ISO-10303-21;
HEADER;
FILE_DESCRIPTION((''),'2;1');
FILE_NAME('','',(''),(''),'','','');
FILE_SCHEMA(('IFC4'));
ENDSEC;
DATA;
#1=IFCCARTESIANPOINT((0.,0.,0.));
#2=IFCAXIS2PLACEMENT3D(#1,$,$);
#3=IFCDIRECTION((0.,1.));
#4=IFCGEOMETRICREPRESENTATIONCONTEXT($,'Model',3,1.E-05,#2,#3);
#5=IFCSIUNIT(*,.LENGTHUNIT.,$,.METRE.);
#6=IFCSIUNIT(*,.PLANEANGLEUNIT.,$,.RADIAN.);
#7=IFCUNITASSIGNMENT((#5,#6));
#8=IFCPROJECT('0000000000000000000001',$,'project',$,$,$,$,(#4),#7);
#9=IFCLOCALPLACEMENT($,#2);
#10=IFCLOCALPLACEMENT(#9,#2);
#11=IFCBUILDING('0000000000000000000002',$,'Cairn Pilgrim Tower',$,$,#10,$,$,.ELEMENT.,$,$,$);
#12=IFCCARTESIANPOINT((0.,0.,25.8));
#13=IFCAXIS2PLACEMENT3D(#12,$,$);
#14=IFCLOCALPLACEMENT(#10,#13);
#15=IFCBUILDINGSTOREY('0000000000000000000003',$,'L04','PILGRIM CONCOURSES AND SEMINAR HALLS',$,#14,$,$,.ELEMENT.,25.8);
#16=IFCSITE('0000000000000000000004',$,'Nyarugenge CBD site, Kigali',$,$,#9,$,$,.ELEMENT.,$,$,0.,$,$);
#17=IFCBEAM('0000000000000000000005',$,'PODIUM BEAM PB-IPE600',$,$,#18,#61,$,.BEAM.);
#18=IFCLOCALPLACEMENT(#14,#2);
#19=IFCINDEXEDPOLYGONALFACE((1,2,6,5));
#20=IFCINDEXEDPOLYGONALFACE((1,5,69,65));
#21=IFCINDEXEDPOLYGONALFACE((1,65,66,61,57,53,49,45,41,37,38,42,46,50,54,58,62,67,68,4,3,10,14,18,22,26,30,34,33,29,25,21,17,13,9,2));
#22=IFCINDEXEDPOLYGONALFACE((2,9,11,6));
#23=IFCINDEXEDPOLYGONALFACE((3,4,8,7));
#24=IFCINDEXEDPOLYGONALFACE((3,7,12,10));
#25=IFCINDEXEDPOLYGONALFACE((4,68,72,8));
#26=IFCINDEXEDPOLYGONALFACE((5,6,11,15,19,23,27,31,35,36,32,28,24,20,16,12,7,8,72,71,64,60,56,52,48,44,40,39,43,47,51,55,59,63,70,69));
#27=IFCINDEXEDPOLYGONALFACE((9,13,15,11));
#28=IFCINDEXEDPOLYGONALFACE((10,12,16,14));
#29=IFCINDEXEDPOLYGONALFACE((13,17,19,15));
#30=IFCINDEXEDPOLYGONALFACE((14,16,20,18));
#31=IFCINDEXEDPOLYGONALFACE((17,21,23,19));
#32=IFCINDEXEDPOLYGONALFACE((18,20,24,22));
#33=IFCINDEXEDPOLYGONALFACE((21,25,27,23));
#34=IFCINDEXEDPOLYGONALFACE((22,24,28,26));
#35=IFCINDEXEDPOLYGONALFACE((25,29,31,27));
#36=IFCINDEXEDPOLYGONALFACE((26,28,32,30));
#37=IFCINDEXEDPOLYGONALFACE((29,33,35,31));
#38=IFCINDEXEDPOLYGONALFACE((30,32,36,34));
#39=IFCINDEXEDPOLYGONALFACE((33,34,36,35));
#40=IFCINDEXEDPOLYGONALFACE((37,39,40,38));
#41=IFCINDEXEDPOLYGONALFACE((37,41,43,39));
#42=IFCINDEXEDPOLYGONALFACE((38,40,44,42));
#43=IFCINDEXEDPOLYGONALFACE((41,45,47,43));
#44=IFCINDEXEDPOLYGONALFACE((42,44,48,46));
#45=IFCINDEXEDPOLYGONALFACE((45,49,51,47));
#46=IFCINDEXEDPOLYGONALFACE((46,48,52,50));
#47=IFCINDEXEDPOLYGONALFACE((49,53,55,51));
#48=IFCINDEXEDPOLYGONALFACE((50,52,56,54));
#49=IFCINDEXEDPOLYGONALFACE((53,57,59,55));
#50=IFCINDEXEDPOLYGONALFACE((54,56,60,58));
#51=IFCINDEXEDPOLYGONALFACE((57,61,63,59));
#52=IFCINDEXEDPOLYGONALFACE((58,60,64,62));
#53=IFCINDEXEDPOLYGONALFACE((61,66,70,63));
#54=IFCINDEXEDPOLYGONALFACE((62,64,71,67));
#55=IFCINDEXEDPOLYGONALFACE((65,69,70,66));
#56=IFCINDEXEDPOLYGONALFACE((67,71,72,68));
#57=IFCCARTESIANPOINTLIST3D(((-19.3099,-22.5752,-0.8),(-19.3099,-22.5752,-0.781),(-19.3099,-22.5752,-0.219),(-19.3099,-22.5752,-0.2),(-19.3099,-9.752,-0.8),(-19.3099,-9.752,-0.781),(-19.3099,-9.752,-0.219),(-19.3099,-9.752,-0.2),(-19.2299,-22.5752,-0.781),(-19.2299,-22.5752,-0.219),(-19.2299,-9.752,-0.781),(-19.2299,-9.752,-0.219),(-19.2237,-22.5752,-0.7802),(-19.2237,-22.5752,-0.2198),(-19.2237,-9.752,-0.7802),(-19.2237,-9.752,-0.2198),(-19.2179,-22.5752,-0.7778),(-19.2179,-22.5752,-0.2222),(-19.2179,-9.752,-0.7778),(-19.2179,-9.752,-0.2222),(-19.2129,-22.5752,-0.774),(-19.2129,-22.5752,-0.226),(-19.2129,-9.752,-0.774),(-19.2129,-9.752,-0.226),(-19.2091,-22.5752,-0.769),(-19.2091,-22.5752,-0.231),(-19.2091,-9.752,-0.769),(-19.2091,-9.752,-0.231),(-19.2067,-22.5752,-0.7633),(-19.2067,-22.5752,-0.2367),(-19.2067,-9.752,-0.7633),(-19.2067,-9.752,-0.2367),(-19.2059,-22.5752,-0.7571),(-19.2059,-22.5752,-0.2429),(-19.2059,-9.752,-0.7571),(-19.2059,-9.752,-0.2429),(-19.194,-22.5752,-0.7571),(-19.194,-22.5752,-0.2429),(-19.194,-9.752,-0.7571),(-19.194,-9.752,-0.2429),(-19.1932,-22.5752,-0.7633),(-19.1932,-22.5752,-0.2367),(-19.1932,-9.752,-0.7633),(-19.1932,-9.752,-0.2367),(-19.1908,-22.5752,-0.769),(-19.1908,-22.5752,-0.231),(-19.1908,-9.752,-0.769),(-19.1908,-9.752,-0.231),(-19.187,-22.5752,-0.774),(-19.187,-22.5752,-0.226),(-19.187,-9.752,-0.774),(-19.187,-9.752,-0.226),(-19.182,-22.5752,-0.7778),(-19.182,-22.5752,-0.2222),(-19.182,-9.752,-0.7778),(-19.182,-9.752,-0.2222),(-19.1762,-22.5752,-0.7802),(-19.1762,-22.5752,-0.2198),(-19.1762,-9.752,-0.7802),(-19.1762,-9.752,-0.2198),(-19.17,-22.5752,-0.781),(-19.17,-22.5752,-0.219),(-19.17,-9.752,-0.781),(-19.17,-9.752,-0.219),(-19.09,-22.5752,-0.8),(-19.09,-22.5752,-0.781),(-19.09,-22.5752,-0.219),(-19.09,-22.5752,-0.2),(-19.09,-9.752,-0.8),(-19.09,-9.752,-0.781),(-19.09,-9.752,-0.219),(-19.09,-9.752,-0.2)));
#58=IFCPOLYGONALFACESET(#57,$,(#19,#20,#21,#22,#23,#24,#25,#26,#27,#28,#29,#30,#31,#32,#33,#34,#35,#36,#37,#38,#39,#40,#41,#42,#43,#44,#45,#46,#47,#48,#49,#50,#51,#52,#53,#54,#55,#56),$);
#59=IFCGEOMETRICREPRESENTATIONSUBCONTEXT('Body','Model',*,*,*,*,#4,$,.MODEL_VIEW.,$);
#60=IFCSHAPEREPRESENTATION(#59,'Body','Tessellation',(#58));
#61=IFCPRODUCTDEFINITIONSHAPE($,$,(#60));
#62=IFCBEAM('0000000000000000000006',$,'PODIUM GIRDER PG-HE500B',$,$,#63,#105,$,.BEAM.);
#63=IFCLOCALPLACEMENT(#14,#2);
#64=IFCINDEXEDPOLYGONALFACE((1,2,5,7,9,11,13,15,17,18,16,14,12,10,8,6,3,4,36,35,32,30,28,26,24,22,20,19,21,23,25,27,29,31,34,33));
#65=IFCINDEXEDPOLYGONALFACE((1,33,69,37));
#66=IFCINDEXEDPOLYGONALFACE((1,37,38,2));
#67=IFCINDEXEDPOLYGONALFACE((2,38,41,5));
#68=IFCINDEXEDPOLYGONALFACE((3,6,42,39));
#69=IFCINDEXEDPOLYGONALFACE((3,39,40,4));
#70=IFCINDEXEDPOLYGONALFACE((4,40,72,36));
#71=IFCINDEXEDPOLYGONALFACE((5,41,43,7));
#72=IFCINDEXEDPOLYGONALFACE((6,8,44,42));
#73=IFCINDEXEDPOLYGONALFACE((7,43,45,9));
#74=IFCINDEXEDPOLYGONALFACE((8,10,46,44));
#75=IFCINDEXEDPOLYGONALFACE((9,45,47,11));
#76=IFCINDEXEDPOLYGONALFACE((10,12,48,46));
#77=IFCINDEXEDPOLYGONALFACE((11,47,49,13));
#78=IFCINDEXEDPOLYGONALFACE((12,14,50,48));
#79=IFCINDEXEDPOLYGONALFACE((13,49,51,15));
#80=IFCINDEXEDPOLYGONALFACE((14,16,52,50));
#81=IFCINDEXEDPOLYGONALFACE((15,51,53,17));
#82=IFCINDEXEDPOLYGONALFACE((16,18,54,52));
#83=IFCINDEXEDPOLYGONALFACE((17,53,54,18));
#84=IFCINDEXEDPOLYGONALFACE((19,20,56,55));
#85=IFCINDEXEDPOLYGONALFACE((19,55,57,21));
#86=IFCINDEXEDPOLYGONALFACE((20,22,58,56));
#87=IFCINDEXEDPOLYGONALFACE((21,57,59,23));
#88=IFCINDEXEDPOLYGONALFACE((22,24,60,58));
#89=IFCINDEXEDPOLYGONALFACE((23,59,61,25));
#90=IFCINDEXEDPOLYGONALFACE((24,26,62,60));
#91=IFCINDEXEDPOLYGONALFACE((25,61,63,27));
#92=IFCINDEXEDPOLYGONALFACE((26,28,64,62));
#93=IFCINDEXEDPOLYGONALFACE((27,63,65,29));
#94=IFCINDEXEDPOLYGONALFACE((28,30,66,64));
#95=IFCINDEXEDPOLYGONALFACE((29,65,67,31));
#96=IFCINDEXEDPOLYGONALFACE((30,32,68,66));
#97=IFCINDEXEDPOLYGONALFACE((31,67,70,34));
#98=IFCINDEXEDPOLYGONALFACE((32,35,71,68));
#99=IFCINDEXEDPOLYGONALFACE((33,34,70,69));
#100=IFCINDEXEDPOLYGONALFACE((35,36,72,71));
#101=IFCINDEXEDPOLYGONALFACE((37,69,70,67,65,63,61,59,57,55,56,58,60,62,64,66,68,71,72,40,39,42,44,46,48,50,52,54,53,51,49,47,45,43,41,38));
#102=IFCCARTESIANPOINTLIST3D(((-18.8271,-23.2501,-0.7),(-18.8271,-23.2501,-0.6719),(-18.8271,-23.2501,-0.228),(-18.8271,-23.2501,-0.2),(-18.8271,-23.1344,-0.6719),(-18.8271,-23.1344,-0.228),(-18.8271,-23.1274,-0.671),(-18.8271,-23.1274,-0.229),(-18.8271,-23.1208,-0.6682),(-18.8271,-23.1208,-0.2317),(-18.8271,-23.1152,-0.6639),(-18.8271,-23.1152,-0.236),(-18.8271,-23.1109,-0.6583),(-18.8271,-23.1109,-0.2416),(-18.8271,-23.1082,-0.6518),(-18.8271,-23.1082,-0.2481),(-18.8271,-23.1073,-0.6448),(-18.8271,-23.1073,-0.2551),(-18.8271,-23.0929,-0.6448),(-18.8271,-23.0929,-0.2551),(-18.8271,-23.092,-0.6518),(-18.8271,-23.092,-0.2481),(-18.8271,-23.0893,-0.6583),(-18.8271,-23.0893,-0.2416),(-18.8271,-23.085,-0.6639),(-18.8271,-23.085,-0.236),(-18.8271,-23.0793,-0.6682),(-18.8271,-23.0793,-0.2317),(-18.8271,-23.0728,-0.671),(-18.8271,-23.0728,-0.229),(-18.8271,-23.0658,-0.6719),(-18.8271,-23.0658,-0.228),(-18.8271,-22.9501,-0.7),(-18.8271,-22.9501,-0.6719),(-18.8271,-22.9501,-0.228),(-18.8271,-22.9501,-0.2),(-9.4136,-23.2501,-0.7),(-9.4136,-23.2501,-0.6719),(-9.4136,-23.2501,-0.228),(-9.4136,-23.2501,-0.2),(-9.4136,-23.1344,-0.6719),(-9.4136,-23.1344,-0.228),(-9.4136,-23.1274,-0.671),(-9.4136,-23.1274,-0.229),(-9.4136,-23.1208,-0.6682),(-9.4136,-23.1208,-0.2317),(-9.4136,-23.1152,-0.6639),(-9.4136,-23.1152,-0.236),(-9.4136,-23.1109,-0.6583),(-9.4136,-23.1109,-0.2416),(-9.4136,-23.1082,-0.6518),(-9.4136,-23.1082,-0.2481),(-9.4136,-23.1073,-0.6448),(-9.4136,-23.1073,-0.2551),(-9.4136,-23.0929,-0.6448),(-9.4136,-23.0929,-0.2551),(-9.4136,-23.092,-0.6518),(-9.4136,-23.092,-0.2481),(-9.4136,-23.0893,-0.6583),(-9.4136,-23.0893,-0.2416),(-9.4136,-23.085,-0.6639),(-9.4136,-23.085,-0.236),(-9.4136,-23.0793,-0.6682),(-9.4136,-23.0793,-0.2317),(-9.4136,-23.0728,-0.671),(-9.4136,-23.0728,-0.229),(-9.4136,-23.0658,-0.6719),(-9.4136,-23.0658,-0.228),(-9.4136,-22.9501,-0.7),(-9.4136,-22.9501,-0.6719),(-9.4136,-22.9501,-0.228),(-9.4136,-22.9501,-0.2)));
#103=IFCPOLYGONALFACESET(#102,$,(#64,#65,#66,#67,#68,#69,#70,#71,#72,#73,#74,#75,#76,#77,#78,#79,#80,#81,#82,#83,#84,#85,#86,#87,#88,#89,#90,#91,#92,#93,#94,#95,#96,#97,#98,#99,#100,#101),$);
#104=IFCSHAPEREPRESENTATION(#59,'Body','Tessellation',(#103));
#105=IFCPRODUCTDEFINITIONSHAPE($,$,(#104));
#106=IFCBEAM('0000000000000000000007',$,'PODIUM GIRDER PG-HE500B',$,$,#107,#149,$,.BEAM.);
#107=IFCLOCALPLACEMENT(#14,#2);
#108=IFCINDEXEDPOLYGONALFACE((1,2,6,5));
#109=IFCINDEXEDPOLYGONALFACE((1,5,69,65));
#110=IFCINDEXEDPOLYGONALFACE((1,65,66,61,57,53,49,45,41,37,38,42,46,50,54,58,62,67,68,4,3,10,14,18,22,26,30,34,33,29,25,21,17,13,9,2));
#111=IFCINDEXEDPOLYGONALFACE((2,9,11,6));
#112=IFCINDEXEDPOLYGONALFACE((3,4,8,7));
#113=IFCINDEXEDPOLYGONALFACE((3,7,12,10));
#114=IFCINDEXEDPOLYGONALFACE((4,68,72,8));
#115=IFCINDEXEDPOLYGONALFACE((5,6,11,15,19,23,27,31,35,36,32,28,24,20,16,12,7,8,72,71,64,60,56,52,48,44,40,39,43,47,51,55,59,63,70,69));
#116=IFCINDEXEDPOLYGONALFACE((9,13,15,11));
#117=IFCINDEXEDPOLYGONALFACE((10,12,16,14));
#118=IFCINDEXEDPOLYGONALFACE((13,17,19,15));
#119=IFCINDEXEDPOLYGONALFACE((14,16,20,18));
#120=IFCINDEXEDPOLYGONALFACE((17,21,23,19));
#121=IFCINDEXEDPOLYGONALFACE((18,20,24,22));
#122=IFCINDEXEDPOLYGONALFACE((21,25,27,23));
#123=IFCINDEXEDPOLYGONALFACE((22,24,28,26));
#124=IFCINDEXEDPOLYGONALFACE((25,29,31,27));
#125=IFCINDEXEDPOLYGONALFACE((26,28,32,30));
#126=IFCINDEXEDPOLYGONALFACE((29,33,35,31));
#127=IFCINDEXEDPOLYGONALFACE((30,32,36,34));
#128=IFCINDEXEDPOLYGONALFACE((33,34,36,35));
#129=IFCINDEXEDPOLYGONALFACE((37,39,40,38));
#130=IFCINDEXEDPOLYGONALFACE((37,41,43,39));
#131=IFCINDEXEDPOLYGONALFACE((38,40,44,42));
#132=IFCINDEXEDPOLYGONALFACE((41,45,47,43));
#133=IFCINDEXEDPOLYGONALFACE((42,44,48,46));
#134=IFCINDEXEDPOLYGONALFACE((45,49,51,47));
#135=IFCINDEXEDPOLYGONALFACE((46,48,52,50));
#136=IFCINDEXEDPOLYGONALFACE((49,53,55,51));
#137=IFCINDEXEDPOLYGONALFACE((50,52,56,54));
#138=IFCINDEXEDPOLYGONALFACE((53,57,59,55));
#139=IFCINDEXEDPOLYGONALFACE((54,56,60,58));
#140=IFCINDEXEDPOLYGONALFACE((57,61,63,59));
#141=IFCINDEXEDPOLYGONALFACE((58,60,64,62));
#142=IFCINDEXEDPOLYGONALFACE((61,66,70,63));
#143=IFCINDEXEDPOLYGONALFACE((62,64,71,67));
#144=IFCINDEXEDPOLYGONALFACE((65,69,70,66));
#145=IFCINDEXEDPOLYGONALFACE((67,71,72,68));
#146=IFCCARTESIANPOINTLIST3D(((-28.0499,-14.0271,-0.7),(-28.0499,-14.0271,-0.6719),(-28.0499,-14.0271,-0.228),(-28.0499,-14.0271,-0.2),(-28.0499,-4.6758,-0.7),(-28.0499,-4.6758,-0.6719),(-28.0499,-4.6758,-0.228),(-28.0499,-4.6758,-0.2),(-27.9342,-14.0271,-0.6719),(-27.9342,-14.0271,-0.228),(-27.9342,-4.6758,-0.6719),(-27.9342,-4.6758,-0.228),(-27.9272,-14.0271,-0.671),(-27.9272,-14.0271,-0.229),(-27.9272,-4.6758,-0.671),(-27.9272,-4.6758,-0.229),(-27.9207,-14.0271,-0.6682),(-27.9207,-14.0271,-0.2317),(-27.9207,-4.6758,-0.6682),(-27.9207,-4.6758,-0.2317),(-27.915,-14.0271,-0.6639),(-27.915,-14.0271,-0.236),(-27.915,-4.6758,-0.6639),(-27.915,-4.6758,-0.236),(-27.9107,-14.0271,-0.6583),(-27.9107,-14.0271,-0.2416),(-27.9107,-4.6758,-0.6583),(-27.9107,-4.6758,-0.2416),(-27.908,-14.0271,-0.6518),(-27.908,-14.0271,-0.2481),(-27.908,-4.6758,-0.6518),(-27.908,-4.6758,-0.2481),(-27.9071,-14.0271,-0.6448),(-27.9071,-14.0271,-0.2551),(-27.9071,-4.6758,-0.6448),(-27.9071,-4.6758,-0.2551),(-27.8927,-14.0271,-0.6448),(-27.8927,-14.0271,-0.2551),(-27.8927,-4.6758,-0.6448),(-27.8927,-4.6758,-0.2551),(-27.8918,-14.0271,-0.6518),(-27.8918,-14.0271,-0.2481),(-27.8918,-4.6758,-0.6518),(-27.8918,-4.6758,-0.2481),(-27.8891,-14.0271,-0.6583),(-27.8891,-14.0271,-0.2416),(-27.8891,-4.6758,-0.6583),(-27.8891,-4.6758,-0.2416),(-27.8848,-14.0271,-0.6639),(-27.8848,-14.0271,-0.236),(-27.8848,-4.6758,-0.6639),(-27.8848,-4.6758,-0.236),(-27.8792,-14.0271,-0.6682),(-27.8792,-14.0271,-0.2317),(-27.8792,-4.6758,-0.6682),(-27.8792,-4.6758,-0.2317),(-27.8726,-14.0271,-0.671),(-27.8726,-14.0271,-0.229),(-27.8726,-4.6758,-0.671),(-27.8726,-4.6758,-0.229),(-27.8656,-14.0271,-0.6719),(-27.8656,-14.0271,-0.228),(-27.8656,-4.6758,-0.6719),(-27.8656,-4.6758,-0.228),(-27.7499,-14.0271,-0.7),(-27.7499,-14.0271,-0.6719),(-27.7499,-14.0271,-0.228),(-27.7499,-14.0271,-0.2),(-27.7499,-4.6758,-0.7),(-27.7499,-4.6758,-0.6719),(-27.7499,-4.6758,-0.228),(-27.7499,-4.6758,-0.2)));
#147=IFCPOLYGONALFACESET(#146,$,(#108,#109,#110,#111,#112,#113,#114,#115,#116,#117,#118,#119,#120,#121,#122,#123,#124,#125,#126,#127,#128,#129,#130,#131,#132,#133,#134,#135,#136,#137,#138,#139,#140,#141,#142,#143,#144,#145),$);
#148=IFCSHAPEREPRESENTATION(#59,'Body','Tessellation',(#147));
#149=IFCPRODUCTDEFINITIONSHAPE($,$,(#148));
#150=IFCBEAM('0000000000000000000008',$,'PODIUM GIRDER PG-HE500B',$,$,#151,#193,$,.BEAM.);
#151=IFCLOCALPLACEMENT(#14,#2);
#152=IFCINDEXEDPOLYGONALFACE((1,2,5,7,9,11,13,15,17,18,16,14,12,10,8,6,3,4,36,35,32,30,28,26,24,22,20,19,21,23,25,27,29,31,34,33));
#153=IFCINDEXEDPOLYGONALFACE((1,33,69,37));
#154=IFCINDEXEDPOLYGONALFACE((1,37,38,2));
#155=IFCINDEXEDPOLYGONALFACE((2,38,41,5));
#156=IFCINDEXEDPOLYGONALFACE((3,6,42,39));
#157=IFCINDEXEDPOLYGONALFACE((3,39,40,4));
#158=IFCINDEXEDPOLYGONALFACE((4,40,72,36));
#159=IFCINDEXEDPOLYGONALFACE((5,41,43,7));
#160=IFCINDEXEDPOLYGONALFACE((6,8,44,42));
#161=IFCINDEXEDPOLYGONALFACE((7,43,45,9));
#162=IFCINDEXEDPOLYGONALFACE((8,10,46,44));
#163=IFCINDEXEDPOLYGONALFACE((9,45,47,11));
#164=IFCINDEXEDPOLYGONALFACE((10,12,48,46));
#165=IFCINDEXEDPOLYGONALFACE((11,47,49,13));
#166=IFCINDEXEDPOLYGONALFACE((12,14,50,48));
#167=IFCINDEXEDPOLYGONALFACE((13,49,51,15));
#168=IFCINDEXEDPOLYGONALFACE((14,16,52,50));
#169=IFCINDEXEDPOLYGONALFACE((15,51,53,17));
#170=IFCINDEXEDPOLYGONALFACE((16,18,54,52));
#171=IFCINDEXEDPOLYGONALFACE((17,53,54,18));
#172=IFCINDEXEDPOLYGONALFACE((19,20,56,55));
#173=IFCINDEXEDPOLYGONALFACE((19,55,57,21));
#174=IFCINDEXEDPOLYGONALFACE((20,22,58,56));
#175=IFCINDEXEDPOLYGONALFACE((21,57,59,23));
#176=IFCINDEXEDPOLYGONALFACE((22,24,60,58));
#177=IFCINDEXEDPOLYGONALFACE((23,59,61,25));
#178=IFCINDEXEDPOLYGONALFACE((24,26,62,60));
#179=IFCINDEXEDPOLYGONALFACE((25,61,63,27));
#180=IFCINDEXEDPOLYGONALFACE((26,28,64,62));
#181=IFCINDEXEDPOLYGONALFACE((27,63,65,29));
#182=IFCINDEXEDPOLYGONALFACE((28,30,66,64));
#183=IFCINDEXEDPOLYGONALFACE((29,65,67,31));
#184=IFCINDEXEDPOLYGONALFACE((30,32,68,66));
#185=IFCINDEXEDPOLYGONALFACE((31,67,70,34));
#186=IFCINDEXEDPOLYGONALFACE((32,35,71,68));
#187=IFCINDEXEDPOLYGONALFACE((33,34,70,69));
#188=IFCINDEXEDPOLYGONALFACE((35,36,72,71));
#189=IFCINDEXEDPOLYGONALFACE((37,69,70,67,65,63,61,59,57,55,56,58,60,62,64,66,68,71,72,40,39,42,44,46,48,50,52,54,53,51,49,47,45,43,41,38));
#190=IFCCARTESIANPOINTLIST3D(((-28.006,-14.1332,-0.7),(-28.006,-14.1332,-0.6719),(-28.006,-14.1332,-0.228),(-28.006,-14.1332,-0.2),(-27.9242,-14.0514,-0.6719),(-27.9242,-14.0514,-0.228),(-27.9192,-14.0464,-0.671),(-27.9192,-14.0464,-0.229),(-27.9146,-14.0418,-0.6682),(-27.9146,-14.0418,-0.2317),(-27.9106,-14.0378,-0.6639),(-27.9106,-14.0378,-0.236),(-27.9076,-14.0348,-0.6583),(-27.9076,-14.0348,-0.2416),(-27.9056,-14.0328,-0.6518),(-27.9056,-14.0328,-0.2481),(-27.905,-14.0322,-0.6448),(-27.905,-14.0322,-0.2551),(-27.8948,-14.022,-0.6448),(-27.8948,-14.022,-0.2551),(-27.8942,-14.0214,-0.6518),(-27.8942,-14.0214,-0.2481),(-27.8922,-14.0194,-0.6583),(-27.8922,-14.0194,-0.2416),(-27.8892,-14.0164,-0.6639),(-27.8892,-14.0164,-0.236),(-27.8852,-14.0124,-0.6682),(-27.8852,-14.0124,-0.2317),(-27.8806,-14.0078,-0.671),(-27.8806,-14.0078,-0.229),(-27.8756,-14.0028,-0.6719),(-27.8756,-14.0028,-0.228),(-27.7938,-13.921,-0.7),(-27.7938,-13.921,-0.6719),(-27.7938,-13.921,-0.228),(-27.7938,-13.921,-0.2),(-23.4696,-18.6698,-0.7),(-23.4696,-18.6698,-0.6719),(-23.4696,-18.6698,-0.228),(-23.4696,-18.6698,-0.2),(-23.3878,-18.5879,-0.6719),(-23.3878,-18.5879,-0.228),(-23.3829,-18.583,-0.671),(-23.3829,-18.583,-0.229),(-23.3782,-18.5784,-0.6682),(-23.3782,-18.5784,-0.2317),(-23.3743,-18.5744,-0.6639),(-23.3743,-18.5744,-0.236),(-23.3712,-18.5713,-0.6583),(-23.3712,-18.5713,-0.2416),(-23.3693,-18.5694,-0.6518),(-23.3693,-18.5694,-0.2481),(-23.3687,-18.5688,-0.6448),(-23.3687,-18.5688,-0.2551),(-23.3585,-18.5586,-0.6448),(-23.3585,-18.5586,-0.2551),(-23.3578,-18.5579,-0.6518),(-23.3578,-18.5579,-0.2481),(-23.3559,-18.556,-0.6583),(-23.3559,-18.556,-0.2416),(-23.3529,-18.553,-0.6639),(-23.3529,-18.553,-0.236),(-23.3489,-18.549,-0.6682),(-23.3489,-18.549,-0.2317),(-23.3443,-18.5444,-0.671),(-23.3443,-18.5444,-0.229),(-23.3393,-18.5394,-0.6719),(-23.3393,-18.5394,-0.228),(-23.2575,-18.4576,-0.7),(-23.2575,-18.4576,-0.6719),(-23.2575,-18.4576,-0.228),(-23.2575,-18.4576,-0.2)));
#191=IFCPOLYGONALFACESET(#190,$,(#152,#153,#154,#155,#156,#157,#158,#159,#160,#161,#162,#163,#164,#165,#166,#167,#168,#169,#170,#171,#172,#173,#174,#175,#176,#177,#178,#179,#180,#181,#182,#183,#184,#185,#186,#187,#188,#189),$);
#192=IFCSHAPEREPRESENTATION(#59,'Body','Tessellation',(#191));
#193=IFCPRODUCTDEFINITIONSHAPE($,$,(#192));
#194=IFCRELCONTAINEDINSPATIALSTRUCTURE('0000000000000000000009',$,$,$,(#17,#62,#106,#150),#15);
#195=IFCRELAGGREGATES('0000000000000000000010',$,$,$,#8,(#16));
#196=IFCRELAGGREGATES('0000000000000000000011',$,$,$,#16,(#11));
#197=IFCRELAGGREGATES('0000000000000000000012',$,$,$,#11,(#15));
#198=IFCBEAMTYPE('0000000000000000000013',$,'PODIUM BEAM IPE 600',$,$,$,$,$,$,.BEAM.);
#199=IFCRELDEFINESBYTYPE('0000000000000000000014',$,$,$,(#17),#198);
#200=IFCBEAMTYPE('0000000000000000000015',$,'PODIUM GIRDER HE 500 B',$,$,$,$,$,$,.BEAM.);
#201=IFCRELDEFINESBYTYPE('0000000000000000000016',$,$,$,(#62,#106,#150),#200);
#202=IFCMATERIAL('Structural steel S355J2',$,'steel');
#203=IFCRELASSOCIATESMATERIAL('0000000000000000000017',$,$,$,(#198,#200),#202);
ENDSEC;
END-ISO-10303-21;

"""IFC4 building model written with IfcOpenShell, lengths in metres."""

from ifc_helpers import new_model, si_unit, direction, frame, origin, origin_2d, place, context, subcontext, project, spatial, i_section, extrude, material, material_profile, profile_set, type_object, element, save


model = new_model("IFC4")

# Units and contexts
model_context = context("Model", 3, precision=1e-05, world=origin(), true_north=direction((0.0, 1.0)))
body_context = subcontext(model_context, "Body", "Model", "MODEL_VIEW")
ifc_project = project(units=[si_unit("LENGTHUNIT", "METRE"), si_unit("PLANEANGLEUNIT", "RADIAN")], contexts=[model_context])

# Site, building, storey
site_placement = place(None, origin())
site = spatial("IfcSite", under=ifc_project, at=site_placement, Name="Nyarugenge CBD site, Kigali", CompositionType="ELEMENT", RefElevation=0.0)
building_placement = place(site_placement, origin())
building = spatial("IfcBuilding", under=site, at=building_placement, Name="Cairn Pilgrim Tower", CompositionType="ELEMENT")
storey_placement = place(building_placement, frame((0.0, 0.0, 25.8)))
storey = spatial("IfcBuildingStorey", under=building, at=storey_placement, Name="L04", Description="PILGRIM CONCOURSES AND SEMINAR HALLS", CompositionType="ELEMENT", Elevation=25.8)

# Beams
ifc_material_1 = material(Name="Structural steel S355J2", Category="steel")
ifc_material_profile_1 = material_profile(ifc_material_1, i_section(OverallWidth=0.22, OverallDepth=0.6001, WebThickness=0.012, FlangeThickness=0.019, FilletRadius=0.0239, at=origin_2d()), Name="IPE 600")
ifc_profile_set_1 = profile_set([ifc_material_profile_1], Name="Structural steel S355J2")
beam_type_1 = type_object("IfcBeamType", Name="PODIUM BEAM IPE 600", PredefinedType="BEAM", material=ifc_profile_set_1)
beam_1_placement = place(storey_placement, frame((-19.2, -22.5752, -0.5), z_axis=(0.0, 1.0, 0.0), x_axis=(-1.0, 0.0, 0.0)))
element("IfcBeam", 1, at=beam_1_placement, inside=storey, type_object=beam_type_1, Name="PODIUM BEAM PB-IPE600", PredefinedType="BEAM", context=body_context, shape_type="SweptSolid", body=[
    extrude(i_section(OverallWidth=0.22, OverallDepth=0.6001, WebThickness=0.012, FlangeThickness=0.019, FilletRadius=0.0239, at=origin_2d()), origin(), (0.0, 0.0, 1.0), 12.8232),
])
ifc_material_profile_2 = material_profile(ifc_material_1, i_section(OverallWidth=0.3, OverallDepth=0.5, WebThickness=0.0144, FlangeThickness=0.0281, FilletRadius=0.0271, at=origin_2d()), Name="HEB 500")
ifc_profile_set_2 = profile_set([ifc_material_profile_2], Name="Structural steel S355J2")
beam_type_2 = type_object("IfcBeamType", Name="PODIUM GIRDER HE 500 B", PredefinedType="BEAM", material=ifc_profile_set_2)
beam_2_placement = place(storey_placement, frame((-18.8271, -23.1001, -0.45), z_axis=(1.0, 0.0, 0.0), x_axis=(0.0, 1.0, 0.0)))
element("IfcBeam", 2, at=beam_2_placement, inside=storey, type_object=beam_type_2, Name="PODIUM GIRDER PG-HE500B", PredefinedType="BEAM", context=body_context, shape_type="SweptSolid", body=[
    extrude(i_section(OverallWidth=0.3, OverallDepth=0.5, WebThickness=0.0144, FlangeThickness=0.0281, FilletRadius=0.0271, at=origin_2d()), origin(), (0.0, 0.0, 1.0), 9.4136),
])
beam_3_placement = place(storey_placement, frame((-27.8999, -4.6758, -0.45), z_axis=(0.0, -1.0, 0.0), x_axis=(1.0, 0.0, 0.0)))
element("IfcBeam", 3, at=beam_3_placement, inside=storey, type_object=beam_type_2, Name="PODIUM GIRDER PG-HE500B", PredefinedType="BEAM", context=body_context, shape_type="SweptSolid", body=[
    extrude(i_section(OverallWidth=0.3, OverallDepth=0.5, WebThickness=0.0144, FlangeThickness=0.0281, FilletRadius=0.0271, at=origin_2d()), origin(), (0.0, 0.0, 1.0), 9.3513),
])
for number, where, z_axis, x_axis, name in (
    (4, (-27.8999, -14.0271, -0.45), (0.707088, -0.707126, 0.0), (0.707126, 0.707088, 0.0), "PODIUM GIRDER PG-HE500B"),
):
    element("IfcBeam", number, at=place(storey_placement, frame(where, z_axis=z_axis, x_axis=x_axis)), inside=storey, type_object=beam_type_2, Name=name, PredefinedType="BEAM", context=body_context, shape_type="SweptSolid", body=[
        extrude(i_section(OverallWidth=0.3, OverallDepth=0.5, WebThickness=0.0144, FlangeThickness=0.0281, FilletRadius=0.0271, at=origin_2d()), origin(), (0.0, 0.0, 1.0), 6.4155),
    ])

save(model, "model.ifc")
